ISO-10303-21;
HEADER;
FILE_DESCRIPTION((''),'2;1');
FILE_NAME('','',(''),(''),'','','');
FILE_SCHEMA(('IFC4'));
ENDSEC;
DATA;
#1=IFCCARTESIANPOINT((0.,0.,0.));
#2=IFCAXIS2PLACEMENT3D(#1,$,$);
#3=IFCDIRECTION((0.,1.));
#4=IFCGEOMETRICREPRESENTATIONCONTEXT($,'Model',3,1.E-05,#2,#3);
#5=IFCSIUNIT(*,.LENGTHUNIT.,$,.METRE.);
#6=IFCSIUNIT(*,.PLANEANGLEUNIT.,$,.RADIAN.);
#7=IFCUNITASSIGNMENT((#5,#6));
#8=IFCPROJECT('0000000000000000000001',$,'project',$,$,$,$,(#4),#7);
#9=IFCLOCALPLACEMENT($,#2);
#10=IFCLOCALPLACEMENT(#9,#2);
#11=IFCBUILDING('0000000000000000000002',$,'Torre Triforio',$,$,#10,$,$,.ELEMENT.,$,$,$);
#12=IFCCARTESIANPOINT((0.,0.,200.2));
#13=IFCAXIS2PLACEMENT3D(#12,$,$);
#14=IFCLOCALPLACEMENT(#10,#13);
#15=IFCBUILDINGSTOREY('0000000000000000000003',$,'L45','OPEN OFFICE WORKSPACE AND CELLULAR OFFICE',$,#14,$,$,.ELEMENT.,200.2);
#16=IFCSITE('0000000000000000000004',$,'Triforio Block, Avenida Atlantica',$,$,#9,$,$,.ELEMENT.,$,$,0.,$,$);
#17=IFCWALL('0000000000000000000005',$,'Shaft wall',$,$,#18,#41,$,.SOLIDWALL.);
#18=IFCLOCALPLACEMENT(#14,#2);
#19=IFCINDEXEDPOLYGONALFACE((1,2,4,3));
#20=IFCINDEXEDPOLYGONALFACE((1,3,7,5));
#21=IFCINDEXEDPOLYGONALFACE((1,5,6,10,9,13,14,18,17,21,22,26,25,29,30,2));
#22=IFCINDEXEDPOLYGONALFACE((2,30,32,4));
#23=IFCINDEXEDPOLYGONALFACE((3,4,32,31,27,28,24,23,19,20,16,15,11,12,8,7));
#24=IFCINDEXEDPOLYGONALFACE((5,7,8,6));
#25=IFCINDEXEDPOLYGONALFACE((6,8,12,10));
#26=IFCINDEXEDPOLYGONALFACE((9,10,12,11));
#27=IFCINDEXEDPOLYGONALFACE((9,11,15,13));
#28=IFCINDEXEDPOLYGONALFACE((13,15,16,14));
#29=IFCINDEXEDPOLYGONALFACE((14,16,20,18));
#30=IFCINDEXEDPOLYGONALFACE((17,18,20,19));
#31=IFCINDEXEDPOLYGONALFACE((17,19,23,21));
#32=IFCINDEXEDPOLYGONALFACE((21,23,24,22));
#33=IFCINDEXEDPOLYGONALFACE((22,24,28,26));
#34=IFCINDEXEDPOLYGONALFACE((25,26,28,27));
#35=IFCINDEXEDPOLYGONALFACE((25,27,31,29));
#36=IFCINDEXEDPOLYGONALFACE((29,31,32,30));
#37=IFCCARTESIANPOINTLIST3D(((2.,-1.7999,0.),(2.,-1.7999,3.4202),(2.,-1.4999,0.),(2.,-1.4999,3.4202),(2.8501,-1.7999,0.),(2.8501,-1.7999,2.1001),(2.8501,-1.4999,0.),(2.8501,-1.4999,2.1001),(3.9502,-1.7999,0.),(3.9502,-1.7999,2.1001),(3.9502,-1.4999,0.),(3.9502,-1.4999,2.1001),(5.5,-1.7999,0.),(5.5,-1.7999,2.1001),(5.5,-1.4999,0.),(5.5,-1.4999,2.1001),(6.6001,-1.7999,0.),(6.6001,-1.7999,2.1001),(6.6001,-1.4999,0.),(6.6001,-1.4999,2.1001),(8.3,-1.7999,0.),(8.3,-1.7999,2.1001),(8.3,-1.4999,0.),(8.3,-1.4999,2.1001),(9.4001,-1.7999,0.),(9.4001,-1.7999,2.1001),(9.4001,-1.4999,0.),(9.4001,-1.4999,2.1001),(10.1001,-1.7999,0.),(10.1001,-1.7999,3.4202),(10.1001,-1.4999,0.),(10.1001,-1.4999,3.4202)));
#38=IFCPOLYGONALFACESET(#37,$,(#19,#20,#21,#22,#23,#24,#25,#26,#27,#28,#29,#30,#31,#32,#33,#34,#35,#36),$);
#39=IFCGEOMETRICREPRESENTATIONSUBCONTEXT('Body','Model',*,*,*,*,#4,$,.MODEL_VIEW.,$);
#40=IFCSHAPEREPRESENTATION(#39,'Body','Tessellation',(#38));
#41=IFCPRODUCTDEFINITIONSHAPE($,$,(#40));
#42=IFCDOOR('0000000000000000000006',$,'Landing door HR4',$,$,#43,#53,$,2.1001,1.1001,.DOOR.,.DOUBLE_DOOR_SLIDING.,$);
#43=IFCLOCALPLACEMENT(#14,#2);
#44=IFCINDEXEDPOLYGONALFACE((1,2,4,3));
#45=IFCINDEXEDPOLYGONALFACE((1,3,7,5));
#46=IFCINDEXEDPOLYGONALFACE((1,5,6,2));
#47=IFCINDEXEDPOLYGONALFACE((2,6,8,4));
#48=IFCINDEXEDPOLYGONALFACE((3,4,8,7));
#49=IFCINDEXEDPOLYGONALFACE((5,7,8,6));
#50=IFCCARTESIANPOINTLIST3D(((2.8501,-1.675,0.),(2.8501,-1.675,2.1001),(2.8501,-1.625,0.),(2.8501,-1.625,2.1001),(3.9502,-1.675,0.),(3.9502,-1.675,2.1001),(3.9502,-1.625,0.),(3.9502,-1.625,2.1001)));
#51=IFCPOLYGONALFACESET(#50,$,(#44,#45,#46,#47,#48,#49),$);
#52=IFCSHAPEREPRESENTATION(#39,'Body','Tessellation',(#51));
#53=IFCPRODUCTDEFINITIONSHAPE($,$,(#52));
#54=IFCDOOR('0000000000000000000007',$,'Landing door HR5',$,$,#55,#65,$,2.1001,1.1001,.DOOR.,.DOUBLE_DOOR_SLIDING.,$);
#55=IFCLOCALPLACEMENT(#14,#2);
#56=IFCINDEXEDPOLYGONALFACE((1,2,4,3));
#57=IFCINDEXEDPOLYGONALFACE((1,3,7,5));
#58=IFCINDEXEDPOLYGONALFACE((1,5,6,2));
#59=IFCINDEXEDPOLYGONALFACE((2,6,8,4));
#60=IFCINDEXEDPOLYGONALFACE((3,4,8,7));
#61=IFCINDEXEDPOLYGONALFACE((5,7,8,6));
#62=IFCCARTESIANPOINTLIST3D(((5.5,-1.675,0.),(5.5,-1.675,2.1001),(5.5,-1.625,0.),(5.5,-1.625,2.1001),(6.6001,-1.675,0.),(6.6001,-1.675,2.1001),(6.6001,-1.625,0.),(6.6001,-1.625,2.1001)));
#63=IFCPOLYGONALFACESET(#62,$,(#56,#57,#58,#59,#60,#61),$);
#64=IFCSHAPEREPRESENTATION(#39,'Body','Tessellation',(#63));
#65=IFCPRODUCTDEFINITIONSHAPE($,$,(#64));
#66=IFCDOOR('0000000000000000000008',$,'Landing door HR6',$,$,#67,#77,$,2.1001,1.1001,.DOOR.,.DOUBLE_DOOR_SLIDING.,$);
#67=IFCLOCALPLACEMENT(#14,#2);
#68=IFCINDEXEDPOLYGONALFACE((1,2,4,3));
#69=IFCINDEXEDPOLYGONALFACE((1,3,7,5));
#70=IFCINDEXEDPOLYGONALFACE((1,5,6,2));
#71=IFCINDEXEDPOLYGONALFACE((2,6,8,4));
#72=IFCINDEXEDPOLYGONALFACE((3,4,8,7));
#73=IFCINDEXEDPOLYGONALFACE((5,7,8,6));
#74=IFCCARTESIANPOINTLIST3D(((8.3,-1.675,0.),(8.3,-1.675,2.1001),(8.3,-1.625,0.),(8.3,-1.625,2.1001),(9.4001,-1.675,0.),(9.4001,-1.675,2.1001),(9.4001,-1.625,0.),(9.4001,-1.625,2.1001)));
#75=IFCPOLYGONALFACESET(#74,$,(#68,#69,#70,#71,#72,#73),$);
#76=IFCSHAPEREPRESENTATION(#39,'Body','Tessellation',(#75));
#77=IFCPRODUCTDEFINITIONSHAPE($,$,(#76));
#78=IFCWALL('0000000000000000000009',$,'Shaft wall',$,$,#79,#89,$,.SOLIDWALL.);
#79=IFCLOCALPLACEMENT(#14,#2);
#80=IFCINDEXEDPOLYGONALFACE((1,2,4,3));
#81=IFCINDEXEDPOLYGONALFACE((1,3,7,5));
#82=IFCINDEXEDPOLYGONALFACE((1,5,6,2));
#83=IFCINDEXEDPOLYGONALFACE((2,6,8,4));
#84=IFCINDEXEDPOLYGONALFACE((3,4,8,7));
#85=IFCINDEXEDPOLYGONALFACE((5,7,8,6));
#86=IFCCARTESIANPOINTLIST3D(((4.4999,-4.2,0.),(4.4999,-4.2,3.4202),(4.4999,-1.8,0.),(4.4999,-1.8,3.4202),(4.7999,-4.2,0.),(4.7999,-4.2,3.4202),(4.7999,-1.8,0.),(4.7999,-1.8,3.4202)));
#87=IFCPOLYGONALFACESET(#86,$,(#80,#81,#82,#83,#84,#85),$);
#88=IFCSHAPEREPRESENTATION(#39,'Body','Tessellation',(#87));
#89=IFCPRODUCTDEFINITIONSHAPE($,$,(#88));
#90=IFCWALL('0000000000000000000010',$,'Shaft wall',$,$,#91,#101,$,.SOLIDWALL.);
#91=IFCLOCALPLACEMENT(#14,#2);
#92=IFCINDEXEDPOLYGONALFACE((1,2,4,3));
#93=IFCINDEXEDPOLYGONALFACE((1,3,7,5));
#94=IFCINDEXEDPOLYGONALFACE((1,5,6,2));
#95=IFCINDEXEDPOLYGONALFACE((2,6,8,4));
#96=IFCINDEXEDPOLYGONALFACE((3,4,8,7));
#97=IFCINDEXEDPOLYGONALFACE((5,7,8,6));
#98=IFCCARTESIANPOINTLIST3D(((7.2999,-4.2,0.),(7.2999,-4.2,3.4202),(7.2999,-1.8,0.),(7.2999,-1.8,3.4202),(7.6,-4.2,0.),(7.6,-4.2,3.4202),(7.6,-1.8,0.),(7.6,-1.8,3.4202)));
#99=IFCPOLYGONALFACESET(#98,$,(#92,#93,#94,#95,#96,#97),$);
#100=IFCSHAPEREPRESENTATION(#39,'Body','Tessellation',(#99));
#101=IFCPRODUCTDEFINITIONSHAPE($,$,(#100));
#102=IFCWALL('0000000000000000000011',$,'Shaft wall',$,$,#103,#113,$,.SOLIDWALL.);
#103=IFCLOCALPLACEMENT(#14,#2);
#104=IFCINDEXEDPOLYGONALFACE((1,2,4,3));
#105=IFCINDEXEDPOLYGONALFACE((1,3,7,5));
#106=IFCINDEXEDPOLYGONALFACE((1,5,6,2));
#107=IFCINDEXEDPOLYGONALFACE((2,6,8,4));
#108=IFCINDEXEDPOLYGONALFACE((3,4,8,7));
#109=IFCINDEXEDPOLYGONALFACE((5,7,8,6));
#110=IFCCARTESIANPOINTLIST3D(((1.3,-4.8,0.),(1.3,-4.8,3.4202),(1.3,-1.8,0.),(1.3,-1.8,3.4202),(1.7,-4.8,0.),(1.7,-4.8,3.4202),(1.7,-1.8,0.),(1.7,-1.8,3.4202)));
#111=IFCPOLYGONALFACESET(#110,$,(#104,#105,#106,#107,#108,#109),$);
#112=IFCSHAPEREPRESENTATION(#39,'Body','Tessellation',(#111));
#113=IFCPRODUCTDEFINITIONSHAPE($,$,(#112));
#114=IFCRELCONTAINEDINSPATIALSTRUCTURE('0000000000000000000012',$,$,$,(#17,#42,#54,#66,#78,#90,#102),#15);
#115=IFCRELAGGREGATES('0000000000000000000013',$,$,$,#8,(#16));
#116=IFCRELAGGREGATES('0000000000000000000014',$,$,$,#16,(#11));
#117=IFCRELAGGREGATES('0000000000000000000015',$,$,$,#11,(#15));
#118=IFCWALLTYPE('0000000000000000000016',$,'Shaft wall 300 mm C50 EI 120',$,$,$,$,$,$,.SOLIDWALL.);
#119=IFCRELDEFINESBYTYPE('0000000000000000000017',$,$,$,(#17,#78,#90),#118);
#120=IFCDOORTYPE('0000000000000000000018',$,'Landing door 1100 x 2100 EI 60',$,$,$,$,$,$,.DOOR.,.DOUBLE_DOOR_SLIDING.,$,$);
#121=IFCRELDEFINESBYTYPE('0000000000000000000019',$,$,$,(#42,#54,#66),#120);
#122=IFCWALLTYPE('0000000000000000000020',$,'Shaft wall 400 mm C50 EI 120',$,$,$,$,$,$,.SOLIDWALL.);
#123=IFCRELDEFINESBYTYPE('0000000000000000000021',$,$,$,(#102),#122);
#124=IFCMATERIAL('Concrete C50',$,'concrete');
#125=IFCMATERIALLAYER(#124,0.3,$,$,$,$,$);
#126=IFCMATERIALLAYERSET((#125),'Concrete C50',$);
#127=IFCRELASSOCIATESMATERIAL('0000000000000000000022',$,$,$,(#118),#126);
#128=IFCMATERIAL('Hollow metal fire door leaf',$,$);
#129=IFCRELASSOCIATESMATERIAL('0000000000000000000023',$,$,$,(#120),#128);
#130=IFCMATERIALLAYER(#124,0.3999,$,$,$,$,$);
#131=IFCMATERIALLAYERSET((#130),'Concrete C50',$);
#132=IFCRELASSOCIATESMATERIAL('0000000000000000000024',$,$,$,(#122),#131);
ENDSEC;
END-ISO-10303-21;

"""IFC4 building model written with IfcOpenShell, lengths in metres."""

from ifc_helpers import new_model, si_unit, direction, frame, frame_2d, origin, place, context, subcontext, project, spatial, rectangle, extrude, material, layer, layer_set, type_object, element, fill, save


model = new_model("IFC4")

# Units and contexts
model_context = context("Model", 3, precision=1e-05, world=origin(), true_north=direction((0.0, 1.0)))
body_context = subcontext(model_context, "Body", "Model", "MODEL_VIEW")
ifc_project = project(units=[si_unit("LENGTHUNIT", "METRE"), si_unit("PLANEANGLEUNIT", "RADIAN")], contexts=[model_context])

# Site, building, storey
site_placement = place(None, origin())
site = spatial("IfcSite", under=ifc_project, at=site_placement, Name="Triforio Block, Avenida Atlantica", CompositionType="ELEMENT", RefElevation=0.0)
building_placement = place(site_placement, origin())
building = spatial("IfcBuilding", under=site, at=building_placement, Name="Torre Triforio", CompositionType="ELEMENT")
storey_placement = place(building_placement, frame((0.0, 0.0, 200.2)))
storey = spatial("IfcBuildingStorey", under=building, at=storey_placement, Name="L45", Description="OPEN OFFICE WORKSPACE AND CELLULAR OFFICE", CompositionType="ELEMENT", Elevation=200.2)

# Shared definitions
ifc_material_1 = material(Name="Concrete C50", Category="concrete")

# Shared definitions
ifc_material_2 = material(Name="Hollow metal fire door leaf")

# Shared definitions
ifc_layer_1 = layer(ifc_material_1, 0.3)
ifc_layer_set_1 = layer_set([ifc_layer_1], Name="Concrete C50")
wall_type_1 = type_object("IfcWallType", Name="Shaft wall 300 mm C50 EI 120", PredefinedType="SOLIDWALL", material=ifc_layer_set_1)

# Wall, openings, doors
wall_1_placement = place(storey_placement, frame((2.0, -1.6499, 0.0), z_axis=(0.0, 0.0, 1.0), x_axis=(1.0, 0.0, 0.0)))
wall_1 = element("IfcWall", 1, at=wall_1_placement, inside=storey, type_object=wall_type_1, Name="Shaft wall", PredefinedType="SOLIDWALL", context=body_context, shape_type="SweptSolid", body=[
    extrude(rectangle(XDim=8.1001, YDim=0.3, at=frame_2d((4.05, 0.0))), origin(), (0.0, 0.0, 1.0), 3.4202),
])
opening_1_placement = place(wall_1_placement, frame((0.8501, 0.0, 0.0)))
opening_1 = element("IfcOpeningElement", 2, at=opening_1_placement, cuts=wall_1, PredefinedType="OPENING", context=body_context, shape_type="SweptSolid", body=[
    extrude(rectangle(XDim=1.1001, YDim=2.1001, at=frame_2d((0.55, 1.05))), frame((0.0, 0.1599, 0.0), z_axis=(0.0, -1.0, 0.0), x_axis=(1.0, 0.0, 0.0)), (0.0, 0.0, 1.0), 0.3201),
])
opening_2_placement = place(wall_1_placement, frame((3.5, 0.0, 0.0)))
opening_2 = element("IfcOpeningElement", 3, at=opening_2_placement, cuts=wall_1, PredefinedType="OPENING", context=body_context, shape_type="SweptSolid", body=[
    extrude(rectangle(XDim=1.1001, YDim=2.1001, at=frame_2d((0.55, 1.05))), frame((0.0, 0.1599, 0.0), z_axis=(0.0, -1.0, 0.0), x_axis=(1.0, 0.0, 0.0)), (0.0, 0.0, 1.0), 0.3201),
])
opening_3_placement = place(wall_1_placement, frame((6.3, 0.0, 0.0)))
opening_3 = element("IfcOpeningElement", 4, at=opening_3_placement, cuts=wall_1, PredefinedType="OPENING", context=body_context, shape_type="SweptSolid", body=[
    extrude(rectangle(XDim=1.1001, YDim=2.1001, at=frame_2d((0.55, 1.05))), frame((0.0, 0.1599, 0.0), z_axis=(0.0, -1.0, 0.0), x_axis=(1.0, 0.0, 0.0)), (0.0, 0.0, 1.0), 0.3201),
])
door_type_1 = type_object("IfcDoorType", Name="Landing door 1100 x 2100 EI 60", OperationType="DOUBLE_DOOR_SLIDING", PredefinedType="DOOR", material=ifc_material_2)
door_1_placement = place(opening_1_placement, origin())
door_1 = element("IfcDoor", 5, at=door_1_placement, inside=storey, type_object=door_type_1, Name="Landing door HR4", OperationType="DOUBLE_DOOR_SLIDING", OverallHeight=2.1001, OverallWidth=1.1001, PredefinedType="DOOR", context=body_context, shape_type="SweptSolid", body=[
    extrude(rectangle(XDim=1.1001, YDim=2.1001, at=frame_2d((0.55, 1.05))), frame((0.0, 0.0249, 0.0), z_axis=(0.0, -1.0, 0.0), x_axis=(1.0, 0.0, 0.0)), (0.0, 0.0, 1.0), 0.05),
])
fill(opening_1, door_1)
door_2_placement = place(opening_2_placement, origin())
door_2 = element("IfcDoor", 6, at=door_2_placement, inside=storey, type_object=door_type_1, Name="Landing door HR5", OperationType="DOUBLE_DOOR_SLIDING", OverallHeight=2.1001, OverallWidth=1.1001, PredefinedType="DOOR", context=body_context, shape_type="SweptSolid", body=[
    extrude(rectangle(XDim=1.1001, YDim=2.1001, at=frame_2d((0.55, 1.05))), frame((0.0, 0.0249, 0.0), z_axis=(0.0, -1.0, 0.0), x_axis=(1.0, 0.0, 0.0)), (0.0, 0.0, 1.0), 0.05),
])
fill(opening_2, door_2)
door_3_placement = place(opening_3_placement, origin())
door_3 = element("IfcDoor", 7, at=door_3_placement, inside=storey, type_object=door_type_1, Name="Landing door HR6", OperationType="DOUBLE_DOOR_SLIDING", OverallHeight=2.1001, OverallWidth=1.1001, PredefinedType="DOOR", context=body_context, shape_type="SweptSolid", body=[
    extrude(rectangle(XDim=1.1001, YDim=2.1001, at=frame_2d((0.55, 1.05))), frame((0.0, 0.0249, 0.0), z_axis=(0.0, -1.0, 0.0), x_axis=(1.0, 0.0, 0.0)), (0.0, 0.0, 1.0), 0.05),
])
fill(opening_3, door_3)

# Walls
for number, where, z_axis, x_axis, name in (
    (8, (4.6499, -4.2, 0.0), (0.0, 0.0, 1.0), (0.0, 1.0, 0.0), "Shaft wall"),
    (9, (7.45, -4.2, 0.0), (0.0, 0.0, 1.0), (0.0, 1.0, 0.0), "Shaft wall"),
):
    element("IfcWall", number, at=place(storey_placement, frame(where, z_axis=z_axis, x_axis=x_axis)), inside=storey, type_object=wall_type_1, Name=name, PredefinedType="SOLIDWALL", context=body_context, shape_type="SweptSolid", body=[
        extrude(rectangle(XDim=2.3999, YDim=0.3, at=frame_2d((1.2, 0.0))), origin(), (0.0, 0.0, 1.0), 3.4202),
    ])
ifc_layer_2 = layer(ifc_material_1, 0.3999)
ifc_layer_set_2 = layer_set([ifc_layer_2], Name="Concrete C50")
wall_type_2 = type_object("IfcWallType", Name="Shaft wall 400 mm C50 EI 120", PredefinedType="SOLIDWALL", material=ifc_layer_set_2)
wall_2_placement = place(storey_placement, frame((1.5, -4.8, 0.0), z_axis=(0.0, 0.0, 1.0), x_axis=(0.0, 1.0, 0.0)))
element("IfcWall", 10, at=wall_2_placement, inside=storey, type_object=wall_type_2, Name="Shaft wall", PredefinedType="SOLIDWALL", context=body_context, shape_type="SweptSolid", body=[
    extrude(rectangle(XDim=3.0, YDim=0.3999, at=frame_2d((1.5, 0.0))), origin(), (0.0, 0.0, 1.0), 3.4202),
])

save(model, "model.ifc")
